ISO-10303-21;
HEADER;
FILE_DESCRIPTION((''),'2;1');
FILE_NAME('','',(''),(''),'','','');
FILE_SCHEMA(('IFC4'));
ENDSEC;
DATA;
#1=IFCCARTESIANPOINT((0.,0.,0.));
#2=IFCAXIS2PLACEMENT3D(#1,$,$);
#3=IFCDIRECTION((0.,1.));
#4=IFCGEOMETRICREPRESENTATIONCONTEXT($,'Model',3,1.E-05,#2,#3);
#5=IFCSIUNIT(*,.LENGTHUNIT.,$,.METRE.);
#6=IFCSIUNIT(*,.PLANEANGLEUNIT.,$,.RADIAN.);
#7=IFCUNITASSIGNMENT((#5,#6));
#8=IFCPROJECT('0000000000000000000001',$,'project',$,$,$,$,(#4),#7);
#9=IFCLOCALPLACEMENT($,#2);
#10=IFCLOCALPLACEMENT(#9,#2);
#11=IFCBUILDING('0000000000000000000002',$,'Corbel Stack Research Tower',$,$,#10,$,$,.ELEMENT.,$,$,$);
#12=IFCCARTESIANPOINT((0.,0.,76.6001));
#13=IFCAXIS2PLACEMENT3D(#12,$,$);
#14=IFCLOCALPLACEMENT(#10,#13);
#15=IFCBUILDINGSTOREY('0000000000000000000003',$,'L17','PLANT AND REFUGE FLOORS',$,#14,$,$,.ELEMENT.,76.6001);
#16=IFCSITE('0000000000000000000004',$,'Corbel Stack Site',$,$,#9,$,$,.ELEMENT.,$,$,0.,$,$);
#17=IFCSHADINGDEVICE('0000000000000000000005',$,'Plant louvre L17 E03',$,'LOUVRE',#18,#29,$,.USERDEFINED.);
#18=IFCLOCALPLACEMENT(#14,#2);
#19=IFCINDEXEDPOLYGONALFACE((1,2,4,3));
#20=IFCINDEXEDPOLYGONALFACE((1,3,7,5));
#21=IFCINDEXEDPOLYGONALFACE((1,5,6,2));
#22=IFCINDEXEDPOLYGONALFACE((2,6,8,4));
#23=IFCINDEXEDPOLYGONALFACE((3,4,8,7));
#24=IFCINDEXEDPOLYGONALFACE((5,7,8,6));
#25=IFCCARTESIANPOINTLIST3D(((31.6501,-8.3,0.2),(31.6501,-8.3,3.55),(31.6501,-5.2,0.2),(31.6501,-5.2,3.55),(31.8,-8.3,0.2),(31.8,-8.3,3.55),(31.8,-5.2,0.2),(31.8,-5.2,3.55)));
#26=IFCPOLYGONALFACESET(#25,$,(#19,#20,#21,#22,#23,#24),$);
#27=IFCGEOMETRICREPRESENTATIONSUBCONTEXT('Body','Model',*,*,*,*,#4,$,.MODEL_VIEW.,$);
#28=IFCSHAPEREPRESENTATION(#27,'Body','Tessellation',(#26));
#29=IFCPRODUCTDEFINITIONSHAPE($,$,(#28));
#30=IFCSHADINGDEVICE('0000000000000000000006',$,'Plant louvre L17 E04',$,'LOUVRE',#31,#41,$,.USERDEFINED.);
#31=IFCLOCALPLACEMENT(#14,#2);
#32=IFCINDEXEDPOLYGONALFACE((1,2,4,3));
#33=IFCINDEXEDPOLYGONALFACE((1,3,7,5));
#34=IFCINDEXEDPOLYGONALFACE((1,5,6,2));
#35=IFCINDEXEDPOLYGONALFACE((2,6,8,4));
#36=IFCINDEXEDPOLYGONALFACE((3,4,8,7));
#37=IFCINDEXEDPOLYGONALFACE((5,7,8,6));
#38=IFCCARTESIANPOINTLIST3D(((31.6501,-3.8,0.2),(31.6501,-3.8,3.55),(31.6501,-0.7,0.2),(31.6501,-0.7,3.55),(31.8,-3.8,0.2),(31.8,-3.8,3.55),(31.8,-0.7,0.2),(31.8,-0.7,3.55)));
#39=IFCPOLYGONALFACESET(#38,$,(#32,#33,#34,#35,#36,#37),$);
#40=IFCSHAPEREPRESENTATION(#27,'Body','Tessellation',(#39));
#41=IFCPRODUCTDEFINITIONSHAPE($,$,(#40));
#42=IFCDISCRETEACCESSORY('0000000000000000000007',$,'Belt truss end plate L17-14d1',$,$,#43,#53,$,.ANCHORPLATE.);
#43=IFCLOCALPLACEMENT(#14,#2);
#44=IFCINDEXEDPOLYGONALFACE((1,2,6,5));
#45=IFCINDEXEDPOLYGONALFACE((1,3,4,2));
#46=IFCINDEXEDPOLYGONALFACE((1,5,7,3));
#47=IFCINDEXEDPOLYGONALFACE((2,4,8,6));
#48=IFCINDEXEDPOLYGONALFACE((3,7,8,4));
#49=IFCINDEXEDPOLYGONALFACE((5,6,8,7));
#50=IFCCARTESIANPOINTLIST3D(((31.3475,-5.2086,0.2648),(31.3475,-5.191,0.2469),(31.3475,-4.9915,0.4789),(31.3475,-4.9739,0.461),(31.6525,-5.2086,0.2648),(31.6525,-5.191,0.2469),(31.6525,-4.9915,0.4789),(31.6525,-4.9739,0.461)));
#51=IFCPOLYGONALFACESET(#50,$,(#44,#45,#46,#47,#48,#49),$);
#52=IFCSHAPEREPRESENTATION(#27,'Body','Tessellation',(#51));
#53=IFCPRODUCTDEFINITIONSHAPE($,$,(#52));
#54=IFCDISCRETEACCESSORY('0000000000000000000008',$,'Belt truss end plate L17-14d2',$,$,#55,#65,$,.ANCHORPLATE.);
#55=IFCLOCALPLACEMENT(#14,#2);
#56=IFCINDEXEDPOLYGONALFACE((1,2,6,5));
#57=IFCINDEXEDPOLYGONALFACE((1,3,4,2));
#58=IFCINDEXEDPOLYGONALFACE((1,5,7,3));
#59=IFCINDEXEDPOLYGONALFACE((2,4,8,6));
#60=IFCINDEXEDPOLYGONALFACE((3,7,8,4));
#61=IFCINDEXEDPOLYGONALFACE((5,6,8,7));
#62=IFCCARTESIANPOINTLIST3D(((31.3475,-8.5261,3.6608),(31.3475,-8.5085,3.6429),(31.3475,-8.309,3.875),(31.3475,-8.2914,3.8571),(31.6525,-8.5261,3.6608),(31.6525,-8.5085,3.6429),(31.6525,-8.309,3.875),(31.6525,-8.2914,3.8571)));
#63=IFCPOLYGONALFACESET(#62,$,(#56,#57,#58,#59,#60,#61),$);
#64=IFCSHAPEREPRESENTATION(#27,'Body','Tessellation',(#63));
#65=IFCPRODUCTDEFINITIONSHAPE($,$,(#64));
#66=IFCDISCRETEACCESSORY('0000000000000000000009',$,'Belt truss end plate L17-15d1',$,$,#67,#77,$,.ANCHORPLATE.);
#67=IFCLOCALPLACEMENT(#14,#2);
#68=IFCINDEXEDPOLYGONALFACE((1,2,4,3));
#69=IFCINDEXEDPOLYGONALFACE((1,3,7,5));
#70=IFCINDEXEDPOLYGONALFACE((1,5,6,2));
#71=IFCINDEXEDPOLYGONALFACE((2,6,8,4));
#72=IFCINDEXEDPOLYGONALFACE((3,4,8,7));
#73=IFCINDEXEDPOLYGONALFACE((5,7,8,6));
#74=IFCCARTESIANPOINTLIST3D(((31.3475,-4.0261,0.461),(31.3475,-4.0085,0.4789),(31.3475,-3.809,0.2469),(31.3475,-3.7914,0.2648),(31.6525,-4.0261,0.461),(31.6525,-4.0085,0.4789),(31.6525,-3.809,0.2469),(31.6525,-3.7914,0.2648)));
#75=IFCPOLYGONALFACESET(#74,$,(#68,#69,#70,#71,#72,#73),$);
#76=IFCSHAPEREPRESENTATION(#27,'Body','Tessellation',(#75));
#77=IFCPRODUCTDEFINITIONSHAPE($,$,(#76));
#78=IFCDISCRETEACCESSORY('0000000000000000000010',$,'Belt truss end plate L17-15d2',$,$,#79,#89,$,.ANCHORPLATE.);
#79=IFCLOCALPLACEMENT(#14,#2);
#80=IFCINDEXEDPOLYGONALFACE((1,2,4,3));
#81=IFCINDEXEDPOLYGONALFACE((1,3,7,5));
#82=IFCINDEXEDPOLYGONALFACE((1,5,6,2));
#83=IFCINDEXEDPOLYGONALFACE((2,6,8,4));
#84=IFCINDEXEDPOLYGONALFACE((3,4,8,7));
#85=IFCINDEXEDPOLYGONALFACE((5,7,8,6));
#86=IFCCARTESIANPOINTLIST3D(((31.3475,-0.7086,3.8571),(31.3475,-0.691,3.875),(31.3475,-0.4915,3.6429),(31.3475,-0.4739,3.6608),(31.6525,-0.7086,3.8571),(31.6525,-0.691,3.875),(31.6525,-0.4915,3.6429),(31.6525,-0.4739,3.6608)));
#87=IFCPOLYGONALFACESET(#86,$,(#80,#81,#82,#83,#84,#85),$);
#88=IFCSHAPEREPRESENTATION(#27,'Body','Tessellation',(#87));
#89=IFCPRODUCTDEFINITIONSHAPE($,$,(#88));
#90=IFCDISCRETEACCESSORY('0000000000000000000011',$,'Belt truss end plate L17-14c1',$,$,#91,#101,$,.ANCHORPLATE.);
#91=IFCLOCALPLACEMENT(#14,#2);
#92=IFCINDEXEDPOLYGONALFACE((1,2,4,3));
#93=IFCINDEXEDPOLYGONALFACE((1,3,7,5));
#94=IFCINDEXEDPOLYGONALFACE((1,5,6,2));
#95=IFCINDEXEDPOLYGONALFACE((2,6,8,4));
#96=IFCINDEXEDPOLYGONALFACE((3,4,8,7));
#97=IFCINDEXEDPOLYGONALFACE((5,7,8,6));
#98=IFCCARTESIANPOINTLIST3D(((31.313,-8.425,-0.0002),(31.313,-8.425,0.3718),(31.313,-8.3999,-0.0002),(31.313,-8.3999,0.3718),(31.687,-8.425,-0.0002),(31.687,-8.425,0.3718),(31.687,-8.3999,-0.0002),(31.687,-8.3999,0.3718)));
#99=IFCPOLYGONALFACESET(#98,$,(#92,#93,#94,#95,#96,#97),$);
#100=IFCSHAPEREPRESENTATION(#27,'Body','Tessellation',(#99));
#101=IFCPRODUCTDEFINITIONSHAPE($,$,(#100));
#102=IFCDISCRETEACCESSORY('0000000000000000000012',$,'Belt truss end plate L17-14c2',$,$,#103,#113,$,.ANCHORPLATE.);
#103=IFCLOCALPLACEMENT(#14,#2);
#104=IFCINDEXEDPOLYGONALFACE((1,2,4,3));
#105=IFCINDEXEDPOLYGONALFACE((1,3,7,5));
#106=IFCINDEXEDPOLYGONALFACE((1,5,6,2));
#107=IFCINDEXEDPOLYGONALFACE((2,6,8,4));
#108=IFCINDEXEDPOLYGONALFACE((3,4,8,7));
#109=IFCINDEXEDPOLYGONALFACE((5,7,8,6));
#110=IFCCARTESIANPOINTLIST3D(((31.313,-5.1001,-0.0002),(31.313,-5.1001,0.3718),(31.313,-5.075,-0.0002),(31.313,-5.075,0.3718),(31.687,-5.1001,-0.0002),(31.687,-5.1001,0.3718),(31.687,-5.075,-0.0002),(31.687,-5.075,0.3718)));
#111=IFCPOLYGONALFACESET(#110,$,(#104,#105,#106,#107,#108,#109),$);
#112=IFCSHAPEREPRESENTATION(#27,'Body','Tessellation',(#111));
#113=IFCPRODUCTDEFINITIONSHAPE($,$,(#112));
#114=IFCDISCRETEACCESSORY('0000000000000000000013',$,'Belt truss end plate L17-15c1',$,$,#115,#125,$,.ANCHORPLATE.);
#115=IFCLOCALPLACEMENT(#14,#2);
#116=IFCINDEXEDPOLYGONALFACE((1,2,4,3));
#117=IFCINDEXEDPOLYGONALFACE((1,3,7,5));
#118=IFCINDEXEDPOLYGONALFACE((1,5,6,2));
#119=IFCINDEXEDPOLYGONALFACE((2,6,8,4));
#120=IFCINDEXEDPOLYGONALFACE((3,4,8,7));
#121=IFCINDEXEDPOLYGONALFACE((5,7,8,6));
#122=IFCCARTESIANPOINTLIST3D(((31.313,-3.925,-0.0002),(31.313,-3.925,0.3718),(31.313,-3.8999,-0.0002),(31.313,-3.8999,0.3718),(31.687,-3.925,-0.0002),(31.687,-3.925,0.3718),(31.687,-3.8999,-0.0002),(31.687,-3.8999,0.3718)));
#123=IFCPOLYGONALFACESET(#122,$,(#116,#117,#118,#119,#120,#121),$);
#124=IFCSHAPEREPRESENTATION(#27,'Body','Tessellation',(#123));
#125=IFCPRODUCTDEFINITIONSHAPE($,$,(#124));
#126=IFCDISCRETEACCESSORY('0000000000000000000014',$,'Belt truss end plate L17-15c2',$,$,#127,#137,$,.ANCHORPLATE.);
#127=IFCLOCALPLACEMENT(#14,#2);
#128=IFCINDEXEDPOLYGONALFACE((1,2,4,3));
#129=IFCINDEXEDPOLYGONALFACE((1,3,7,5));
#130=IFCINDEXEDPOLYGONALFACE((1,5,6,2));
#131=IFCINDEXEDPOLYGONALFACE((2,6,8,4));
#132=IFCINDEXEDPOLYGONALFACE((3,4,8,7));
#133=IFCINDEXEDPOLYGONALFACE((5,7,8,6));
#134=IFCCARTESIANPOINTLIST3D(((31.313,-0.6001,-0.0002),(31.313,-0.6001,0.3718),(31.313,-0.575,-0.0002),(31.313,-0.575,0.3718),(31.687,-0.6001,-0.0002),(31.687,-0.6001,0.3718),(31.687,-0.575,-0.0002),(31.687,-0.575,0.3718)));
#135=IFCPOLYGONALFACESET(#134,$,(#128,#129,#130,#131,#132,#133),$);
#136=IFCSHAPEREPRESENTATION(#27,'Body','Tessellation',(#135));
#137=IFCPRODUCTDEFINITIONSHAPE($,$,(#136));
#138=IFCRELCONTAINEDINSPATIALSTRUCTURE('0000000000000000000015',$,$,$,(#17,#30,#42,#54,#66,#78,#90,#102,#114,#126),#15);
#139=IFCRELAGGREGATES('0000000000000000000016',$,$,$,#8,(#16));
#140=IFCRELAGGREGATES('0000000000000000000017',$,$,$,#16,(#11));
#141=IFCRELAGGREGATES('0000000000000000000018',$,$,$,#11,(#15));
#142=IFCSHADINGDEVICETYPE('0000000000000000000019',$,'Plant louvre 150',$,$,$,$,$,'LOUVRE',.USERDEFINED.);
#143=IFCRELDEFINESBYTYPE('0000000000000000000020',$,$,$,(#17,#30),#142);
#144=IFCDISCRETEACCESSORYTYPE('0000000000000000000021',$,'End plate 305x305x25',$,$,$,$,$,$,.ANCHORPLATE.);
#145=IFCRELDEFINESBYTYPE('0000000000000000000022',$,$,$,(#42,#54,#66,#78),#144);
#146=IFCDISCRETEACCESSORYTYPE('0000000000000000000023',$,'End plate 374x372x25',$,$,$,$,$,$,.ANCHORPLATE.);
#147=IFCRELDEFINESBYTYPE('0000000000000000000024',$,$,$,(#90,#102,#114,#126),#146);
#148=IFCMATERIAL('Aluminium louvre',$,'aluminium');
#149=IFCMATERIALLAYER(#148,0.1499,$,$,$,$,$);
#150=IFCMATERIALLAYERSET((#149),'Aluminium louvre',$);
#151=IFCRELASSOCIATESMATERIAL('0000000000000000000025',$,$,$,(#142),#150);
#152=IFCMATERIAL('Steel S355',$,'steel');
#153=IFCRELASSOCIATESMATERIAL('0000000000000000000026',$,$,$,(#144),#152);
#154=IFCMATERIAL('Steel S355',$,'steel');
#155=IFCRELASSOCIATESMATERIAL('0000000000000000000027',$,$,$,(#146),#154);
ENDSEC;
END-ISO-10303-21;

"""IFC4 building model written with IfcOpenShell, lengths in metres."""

from ifc_helpers import new_model, si_unit, direction, frame, origin, origin_2d, place, context, subcontext, project, spatial, rectangle, extrude, material, layer, layer_set, material_profile, profile_set, type_object, element, save


model = new_model("IFC4")

# Units and contexts
model_context = context("Model", 3, precision=1e-05, world=origin(), true_north=direction((0.0, 1.0)))
body_context = subcontext(model_context, "Body", "Model", "MODEL_VIEW")
ifc_project = project(units=[si_unit("LENGTHUNIT", "METRE"), si_unit("PLANEANGLEUNIT", "RADIAN")], contexts=[model_context])

# Site, building, storey
site_placement = place(None, origin())
site = spatial("IfcSite", under=ifc_project, at=site_placement, Name="Corbel Stack Site", CompositionType="ELEMENT", RefElevation=0.0)
building_placement = place(site_placement, origin())
building = spatial("IfcBuilding", under=site, at=building_placement, Name="Corbel Stack Research Tower", CompositionType="ELEMENT")
storey_placement = place(building_placement, frame((0.0, 0.0, 76.6001)))
storey = spatial("IfcBuildingStorey", under=building, at=storey_placement, Name="L17", Description="PLANT AND REFUGE FLOORS", CompositionType="ELEMENT", Elevation=76.6001)

# Shading devices
ifc_material_1 = material(Name="Aluminium louvre", Category="aluminium")
ifc_layer_1 = layer(ifc_material_1, 0.1499)
ifc_layer_set_1 = layer_set([ifc_layer_1], Name="Aluminium louvre")
shading_device_type = type_object("IfcShadingDeviceType", Name="Plant louvre 150", ElementType="LOUVRE", PredefinedType="USERDEFINED", material=ifc_layer_set_1)
for number, where, z_axis, x_axis, name in (
    (1, (31.7251, -6.75, 0.2), (0.0, 0.0, 1.0), (0.0, 1.0, 0.0), "Plant louvre L17 E03"),
    (2, (31.7251, -2.25, 0.2), (0.0, 0.0, 1.0), (0.0, 1.0, 0.0), "Plant louvre L17 E04"),
):
    element("IfcShadingDevice", number, at=place(storey_placement, frame(where, z_axis=z_axis, x_axis=x_axis)), inside=storey, type_object=shading_device_type, Name=name, ObjectType="LOUVRE", PredefinedType="USERDEFINED", context=body_context, shape_type="SweptSolid", body=[
        extrude(rectangle(XDim=3.1001, YDim=0.1499, at=origin_2d()), origin(), (0.0, 0.0, 1.0), 3.3501),
    ])

# Discrete accessories
ifc_material_2 = material(Name="Steel S355", Category="steel")
ifc_material_profile_1 = material_profile(ifc_material_2, rectangle(XDim=0.3049, YDim=0.3049, at=origin_2d()), Name="End plate 305x305x25")
ifc_profile_set_1 = profile_set([ifc_material_profile_1], Name="Steel S355")
discrete_accessory_type_1 = type_object("IfcDiscreteAccessoryType", Name="End plate 305x305x25", PredefinedType="ANCHORPLATE", material=ifc_profile_set_1)
for number, where, z_axis, x_axis, name in (
    (3, (31.5, -5.1001, 0.3718), (0.0, 0.702213, -0.711966), (-1.0, 0.0, 0.0), "Belt truss end plate L17-14d1"),
    (4, (31.5, -8.3999, 3.75), (0.0, -0.702213, 0.711966), (1.0, 0.0, 0.0), "Belt truss end plate L17-14d2"),
    (5, (31.5, -3.8999, 0.3718), (0.0, -0.702213, -0.711966), (1.0, 0.0, 0.0), "Belt truss end plate L17-15d1"),
    (6, (31.5, -0.6001, 3.75), (0.0, 0.702213, 0.711966), (-1.0, 0.0, 0.0), "Belt truss end plate L17-15d2"),
):
    element("IfcDiscreteAccessory", number, at=place(storey_placement, frame(where, z_axis=z_axis, x_axis=x_axis)), inside=storey, type_object=discrete_accessory_type_1, Name=name, PredefinedType="ANCHORPLATE", context=body_context, shape_type="SweptSolid", body=[
        extrude(rectangle(XDim=0.3049, YDim=0.3049, at=origin_2d()), origin(), (0.0, 0.0, 1.0), 0.0251),
    ])
ifc_material_3 = material(Name="Steel S355", Category="steel")
ifc_material_profile_2 = material_profile(ifc_material_3, rectangle(XDim=0.374, YDim=0.3721, at=origin_2d()), Name="End plate 374x372x25")
ifc_profile_set_2 = profile_set([ifc_material_profile_2], Name="Steel S355")
discrete_accessory_type_2 = type_object("IfcDiscreteAccessoryType", Name="End plate 374x372x25", PredefinedType="ANCHORPLATE", material=ifc_profile_set_2)
for number, where, z_axis, x_axis, name in (
    (7, (31.5, -8.3999, 0.1858), (0.0, -1.0, 0.0), (1.0, 0.0, 0.0), "Belt truss end plate L17-14c1"),
    (8, (31.5, -5.1001, 0.1858), (0.0, 1.0, 0.0), (-1.0, 0.0, 0.0), "Belt truss end plate L17-14c2"),
    (9, (31.5, -3.8999, 0.1858), (0.0, -1.0, 0.0), (1.0, 0.0, 0.0), "Belt truss end plate L17-15c1"),
    (10, (31.5, -0.6001, 0.1858), (0.0, 1.0, 0.0), (-1.0, 0.0, 0.0), "Belt truss end plate L17-15c2"),
):
    element("IfcDiscreteAccessory", number, at=place(storey_placement, frame(where, z_axis=z_axis, x_axis=x_axis)), inside=storey, type_object=discrete_accessory_type_2, Name=name, PredefinedType="ANCHORPLATE", context=body_context, shape_type="SweptSolid", body=[
        extrude(rectangle(XDim=0.374, YDim=0.3721, at=origin_2d()), origin(), (0.0, 0.0, 1.0), 0.0251),
    ])

save(model, "model.ifc")
